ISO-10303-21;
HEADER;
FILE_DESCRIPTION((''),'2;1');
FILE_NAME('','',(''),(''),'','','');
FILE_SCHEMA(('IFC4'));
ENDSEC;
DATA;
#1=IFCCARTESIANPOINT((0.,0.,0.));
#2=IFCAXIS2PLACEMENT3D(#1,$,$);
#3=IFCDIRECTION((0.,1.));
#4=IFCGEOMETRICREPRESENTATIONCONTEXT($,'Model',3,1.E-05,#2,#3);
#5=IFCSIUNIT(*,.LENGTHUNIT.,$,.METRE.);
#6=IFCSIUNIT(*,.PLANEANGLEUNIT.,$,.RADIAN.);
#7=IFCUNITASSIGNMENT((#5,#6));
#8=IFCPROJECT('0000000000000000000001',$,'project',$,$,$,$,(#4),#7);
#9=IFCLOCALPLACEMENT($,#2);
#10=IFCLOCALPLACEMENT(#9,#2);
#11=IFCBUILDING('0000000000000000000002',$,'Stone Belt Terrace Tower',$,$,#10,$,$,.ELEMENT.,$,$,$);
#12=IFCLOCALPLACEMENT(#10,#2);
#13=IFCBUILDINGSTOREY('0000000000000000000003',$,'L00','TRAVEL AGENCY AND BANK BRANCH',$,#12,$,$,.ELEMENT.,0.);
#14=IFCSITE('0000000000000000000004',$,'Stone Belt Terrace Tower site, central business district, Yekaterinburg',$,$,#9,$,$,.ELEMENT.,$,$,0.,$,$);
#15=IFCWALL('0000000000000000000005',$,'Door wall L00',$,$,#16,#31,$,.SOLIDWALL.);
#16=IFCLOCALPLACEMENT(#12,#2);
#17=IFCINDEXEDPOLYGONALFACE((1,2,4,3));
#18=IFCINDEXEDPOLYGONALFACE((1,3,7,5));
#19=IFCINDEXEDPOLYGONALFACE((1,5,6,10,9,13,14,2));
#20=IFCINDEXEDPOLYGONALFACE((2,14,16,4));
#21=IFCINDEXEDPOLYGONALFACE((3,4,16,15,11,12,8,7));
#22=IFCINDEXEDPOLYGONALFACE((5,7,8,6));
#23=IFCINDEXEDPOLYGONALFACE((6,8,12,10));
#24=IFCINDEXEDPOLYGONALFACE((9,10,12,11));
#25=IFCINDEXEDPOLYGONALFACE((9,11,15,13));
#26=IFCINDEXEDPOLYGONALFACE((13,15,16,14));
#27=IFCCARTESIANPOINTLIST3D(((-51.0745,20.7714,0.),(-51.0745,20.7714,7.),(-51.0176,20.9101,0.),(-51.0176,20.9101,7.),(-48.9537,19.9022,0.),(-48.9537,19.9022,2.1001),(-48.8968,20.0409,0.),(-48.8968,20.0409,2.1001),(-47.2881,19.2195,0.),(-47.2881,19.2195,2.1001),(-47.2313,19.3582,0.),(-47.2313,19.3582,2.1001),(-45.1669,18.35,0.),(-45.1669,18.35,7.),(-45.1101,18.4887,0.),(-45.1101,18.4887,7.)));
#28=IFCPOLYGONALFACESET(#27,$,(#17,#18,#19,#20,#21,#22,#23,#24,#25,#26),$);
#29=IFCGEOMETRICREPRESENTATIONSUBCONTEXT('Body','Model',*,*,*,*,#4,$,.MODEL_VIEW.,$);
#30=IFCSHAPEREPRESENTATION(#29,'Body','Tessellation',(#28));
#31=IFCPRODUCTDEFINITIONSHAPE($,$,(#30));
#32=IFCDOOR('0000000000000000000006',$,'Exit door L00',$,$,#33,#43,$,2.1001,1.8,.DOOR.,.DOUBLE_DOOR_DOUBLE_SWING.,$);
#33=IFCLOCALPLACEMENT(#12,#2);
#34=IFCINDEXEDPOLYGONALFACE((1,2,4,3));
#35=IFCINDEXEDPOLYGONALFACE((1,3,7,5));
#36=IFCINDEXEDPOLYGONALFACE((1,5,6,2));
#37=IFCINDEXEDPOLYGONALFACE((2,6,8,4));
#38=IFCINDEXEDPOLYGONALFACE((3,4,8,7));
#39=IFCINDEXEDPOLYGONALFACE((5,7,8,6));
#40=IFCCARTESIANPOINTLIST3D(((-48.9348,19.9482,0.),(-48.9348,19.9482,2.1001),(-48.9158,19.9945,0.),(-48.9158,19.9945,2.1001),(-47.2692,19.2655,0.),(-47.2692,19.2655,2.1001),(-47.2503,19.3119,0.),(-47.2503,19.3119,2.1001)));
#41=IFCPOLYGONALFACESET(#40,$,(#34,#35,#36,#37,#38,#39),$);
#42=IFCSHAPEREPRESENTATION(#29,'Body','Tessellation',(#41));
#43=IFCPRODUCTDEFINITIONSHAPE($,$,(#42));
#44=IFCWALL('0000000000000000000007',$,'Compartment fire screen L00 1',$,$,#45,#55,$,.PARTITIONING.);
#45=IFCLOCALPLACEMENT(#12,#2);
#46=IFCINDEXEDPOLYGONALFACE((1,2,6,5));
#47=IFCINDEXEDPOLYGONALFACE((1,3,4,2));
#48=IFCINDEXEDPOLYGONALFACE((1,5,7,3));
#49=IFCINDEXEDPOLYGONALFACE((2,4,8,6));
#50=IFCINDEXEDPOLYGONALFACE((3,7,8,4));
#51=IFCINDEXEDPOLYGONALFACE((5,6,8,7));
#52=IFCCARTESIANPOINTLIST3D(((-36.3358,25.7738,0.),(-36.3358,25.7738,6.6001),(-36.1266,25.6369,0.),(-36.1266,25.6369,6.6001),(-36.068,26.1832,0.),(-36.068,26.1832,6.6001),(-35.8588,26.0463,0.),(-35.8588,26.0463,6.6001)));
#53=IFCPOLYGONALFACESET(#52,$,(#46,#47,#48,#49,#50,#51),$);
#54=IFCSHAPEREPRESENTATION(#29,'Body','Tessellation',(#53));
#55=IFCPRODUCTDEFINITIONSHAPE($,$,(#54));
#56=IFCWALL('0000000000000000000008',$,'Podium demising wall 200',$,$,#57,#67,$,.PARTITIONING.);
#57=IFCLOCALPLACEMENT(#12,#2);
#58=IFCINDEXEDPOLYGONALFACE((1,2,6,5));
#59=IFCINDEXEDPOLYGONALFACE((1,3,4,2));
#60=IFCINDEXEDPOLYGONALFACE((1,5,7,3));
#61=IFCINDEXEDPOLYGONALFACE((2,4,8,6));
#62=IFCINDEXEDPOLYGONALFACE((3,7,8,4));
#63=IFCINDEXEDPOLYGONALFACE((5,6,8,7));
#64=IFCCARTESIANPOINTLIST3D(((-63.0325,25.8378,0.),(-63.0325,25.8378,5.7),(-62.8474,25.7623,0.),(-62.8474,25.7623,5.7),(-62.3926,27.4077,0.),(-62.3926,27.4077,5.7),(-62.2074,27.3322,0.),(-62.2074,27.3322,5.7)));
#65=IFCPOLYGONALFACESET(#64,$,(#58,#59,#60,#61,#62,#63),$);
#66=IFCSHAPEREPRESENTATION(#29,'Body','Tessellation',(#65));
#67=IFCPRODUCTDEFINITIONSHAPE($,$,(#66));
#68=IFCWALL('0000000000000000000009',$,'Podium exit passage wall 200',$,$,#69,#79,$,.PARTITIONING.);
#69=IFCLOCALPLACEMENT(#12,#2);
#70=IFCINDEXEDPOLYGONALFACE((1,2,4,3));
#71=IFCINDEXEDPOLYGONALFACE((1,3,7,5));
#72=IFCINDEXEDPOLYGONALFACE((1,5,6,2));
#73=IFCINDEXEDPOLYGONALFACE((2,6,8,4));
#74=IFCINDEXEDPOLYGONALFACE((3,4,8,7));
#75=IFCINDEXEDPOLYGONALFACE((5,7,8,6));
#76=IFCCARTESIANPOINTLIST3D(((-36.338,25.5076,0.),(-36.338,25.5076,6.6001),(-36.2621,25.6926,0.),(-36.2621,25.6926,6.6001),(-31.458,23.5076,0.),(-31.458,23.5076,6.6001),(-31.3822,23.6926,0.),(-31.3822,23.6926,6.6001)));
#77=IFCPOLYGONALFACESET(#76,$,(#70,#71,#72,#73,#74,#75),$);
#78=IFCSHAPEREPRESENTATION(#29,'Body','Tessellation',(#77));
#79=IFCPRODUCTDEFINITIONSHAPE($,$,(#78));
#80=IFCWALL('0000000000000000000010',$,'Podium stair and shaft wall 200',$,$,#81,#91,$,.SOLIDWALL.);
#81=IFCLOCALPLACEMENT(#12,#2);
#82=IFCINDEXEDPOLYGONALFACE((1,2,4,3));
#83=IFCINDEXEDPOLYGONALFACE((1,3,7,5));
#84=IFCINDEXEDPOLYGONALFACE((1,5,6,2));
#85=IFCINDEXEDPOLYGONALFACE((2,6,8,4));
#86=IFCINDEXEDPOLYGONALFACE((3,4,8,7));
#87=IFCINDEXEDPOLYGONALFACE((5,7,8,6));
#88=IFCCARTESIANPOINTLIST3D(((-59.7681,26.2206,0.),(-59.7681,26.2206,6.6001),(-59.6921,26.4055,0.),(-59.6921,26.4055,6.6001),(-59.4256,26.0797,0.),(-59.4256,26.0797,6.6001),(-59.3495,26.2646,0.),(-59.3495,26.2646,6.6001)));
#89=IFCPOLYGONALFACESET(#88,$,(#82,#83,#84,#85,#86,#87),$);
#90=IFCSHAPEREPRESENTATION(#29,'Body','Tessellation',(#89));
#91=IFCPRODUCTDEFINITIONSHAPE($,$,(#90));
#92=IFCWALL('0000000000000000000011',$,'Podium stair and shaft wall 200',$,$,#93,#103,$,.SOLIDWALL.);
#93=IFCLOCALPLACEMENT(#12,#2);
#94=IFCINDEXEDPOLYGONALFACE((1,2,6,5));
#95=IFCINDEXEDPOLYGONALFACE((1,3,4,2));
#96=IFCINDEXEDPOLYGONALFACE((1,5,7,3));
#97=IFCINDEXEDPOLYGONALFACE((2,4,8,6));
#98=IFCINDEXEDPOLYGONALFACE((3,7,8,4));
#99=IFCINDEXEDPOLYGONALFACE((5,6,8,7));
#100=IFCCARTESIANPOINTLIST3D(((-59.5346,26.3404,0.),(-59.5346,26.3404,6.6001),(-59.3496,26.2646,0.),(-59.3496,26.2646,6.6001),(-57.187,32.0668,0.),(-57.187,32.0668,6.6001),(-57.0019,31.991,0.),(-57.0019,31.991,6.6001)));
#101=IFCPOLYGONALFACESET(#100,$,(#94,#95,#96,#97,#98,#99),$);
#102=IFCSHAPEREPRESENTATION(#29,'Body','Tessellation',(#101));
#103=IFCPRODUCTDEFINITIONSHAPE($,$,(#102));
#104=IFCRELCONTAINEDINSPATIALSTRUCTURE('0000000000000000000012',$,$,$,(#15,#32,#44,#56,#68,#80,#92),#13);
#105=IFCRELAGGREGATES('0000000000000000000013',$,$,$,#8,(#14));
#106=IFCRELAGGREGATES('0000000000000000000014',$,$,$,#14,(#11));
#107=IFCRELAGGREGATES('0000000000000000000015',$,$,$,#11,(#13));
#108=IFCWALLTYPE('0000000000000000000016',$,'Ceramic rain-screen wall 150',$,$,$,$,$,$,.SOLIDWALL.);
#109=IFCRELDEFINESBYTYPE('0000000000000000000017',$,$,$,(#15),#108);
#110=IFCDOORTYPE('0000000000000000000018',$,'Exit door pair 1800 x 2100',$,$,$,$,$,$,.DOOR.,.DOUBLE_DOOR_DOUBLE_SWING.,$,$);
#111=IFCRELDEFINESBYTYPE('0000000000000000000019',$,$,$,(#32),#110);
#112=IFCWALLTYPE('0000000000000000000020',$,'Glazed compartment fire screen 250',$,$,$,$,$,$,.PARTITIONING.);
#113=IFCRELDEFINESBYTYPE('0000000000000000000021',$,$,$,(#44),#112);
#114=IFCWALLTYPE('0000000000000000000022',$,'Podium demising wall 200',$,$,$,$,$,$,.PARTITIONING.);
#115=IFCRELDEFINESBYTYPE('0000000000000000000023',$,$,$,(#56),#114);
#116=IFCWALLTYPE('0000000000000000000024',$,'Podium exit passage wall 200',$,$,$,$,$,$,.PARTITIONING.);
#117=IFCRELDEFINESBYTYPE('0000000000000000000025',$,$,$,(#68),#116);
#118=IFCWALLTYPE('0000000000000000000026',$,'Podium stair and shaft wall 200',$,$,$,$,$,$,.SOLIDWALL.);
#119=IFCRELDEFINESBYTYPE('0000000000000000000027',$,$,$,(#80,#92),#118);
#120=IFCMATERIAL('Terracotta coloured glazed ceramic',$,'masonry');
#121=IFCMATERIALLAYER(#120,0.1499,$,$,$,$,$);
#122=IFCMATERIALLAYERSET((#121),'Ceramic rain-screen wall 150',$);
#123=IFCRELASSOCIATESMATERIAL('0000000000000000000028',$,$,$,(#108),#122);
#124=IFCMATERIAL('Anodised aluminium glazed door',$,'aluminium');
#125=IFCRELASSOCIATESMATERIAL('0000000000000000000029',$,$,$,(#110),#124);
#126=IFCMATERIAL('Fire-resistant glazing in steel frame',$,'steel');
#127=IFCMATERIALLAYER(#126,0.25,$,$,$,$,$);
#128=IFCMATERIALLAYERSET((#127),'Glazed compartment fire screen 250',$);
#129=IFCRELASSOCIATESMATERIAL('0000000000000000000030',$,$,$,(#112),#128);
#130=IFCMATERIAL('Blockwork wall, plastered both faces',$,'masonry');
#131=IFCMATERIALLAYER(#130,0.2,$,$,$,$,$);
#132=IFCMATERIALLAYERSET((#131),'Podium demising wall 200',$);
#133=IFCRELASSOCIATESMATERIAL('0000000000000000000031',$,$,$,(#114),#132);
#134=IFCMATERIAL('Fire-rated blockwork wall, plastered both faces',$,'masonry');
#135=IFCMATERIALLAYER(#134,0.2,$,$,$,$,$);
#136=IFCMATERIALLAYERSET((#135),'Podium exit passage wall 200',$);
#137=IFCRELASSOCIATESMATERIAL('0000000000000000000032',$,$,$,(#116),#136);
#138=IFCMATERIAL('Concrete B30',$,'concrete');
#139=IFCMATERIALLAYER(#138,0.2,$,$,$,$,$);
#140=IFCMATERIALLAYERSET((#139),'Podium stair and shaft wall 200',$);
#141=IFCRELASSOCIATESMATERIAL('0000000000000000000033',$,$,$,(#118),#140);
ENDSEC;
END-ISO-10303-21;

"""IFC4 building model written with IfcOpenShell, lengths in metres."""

from ifc_helpers import new_model, si_unit, direction, frame, frame_2d, origin, place, context, subcontext, project, spatial, rectangle, extrude, material, layer, layer_set, type_object, element, fill, save


model = new_model("IFC4")

# Units and contexts
model_context = context("Model", 3, precision=1e-05, world=origin(), true_north=direction((0.0, 1.0)))
body_context = subcontext(model_context, "Body", "Model", "MODEL_VIEW")
ifc_project = project(units=[si_unit("LENGTHUNIT", "METRE"), si_unit("PLANEANGLEUNIT", "RADIAN")], contexts=[model_context])

# Site, building, storey
site_placement = place(None, origin())
site = spatial("IfcSite", under=ifc_project, at=site_placement, Name="Stone Belt Terrace Tower site, central business district, Yekaterinburg", CompositionType="ELEMENT", RefElevation=0.0)
building_placement = place(site_placement, origin())
building = spatial("IfcBuilding", under=site, at=building_placement, Name="Stone Belt Terrace Tower", CompositionType="ELEMENT")
storey_placement = place(building_placement, origin())
storey = spatial("IfcBuildingStorey", under=building, at=storey_placement, Name="L00", Description="TRAVEL AGENCY AND BANK BRANCH", CompositionType="ELEMENT", Elevation=0.0)

# Wall, opening, door
ifc_material_1 = material(Name="Terracotta coloured glazed ceramic", Category="masonry")
ifc_layer_1 = layer(ifc_material_1, 0.1499)
ifc_layer_set_1 = layer_set([ifc_layer_1], Name="Ceramic rain-screen wall 150")
wall_type_1 = type_object("IfcWallType", Name="Ceramic rain-screen wall 150", PredefinedType="SOLIDWALL", material=ifc_layer_set_1)
ifc_material_2 = material(Name="Anodised aluminium glazed door", Category="aluminium")
wall_1_placement = place(storey_placement, frame((-51.0461, 20.8408, 0.0), z_axis=(0.0, 0.0, 1.0), x_axis=(0.925289, -0.379263, 0.0)))
wall_1 = element("IfcWall", 1, at=wall_1_placement, inside=storey, type_object=wall_type_1, Name="Door wall L00", PredefinedType="SOLIDWALL", context=body_context, shape_type="SweptSolid", body=[
    extrude(rectangle(XDim=6.3845, YDim=0.1499, at=frame_2d((3.1924, 0.0))), origin(), (0.0, 0.0, 1.0), 7.0),
])
opening_1_placement = place(wall_1_placement, frame((2.2922, 0.0, 0.0)))
opening_1 = element("IfcOpeningElement", 2, at=opening_1_placement, cuts=wall_1, PredefinedType="OPENING", context=body_context, shape_type="SweptSolid", body=[
    extrude(rectangle(XDim=1.8, YDim=2.1001, at=frame_2d((0.8999, 1.05))), frame((0.0, 0.085, 0.0), z_axis=(0.0, -1.0, 0.0), x_axis=(1.0, 0.0, 0.0)), (0.0, 0.0, 1.0), 0.1699),
])
door_type_1 = type_object("IfcDoorType", Name="Exit door pair 1800 x 2100", OperationType="DOUBLE_DOOR_DOUBLE_SWING", PredefinedType="DOOR", material=ifc_material_2)
door_1_placement = place(opening_1_placement, origin())
door_1 = element("IfcDoor", 3, at=door_1_placement, inside=storey, type_object=door_type_1, Name="Exit door L00", OperationType="DOUBLE_DOOR_DOUBLE_SWING", OverallHeight=2.1001, OverallWidth=1.8, PredefinedType="DOOR", context=body_context, shape_type="SweptSolid", body=[
    extrude(rectangle(XDim=1.8, YDim=2.1001, at=frame_2d((0.8999, 1.05))), frame((0.0, 0.0249, 0.0), z_axis=(0.0, -1.0, 0.0), x_axis=(1.0, 0.0, 0.0)), (0.0, 0.0, 1.0), 0.05),
])
fill(opening_1, door_1)

# Walls
ifc_material_3 = material(Name="Fire-resistant glazing in steel frame", Category="steel")
ifc_layer_2 = layer(ifc_material_3, 0.25)
ifc_layer_set_2 = layer_set([ifc_layer_2], Name="Glazed compartment fire screen 250")
wall_type_2 = type_object("IfcWallType", Name="Glazed compartment fire screen 250", PredefinedType="PARTITIONING", material=ifc_layer_set_2)
wall_2_placement = place(storey_placement, frame((-36.2312, 25.7053, 0.0), z_axis=(0.0, 0.0, 1.0), x_axis=(0.547424, 0.836855, 0.0)))
element("IfcWall", 4, at=wall_2_placement, inside=storey, type_object=wall_type_2, Name="Compartment fire screen L00 1", PredefinedType="PARTITIONING", context=body_context, shape_type="SweptSolid", body=[
    extrude(rectangle(XDim=0.4893, YDim=0.25, at=frame_2d((0.2446, 0.0))), origin(), (0.0, 0.0, 1.0), 6.6001),
])
ifc_material_4 = material(Name="Blockwork wall, plastered both faces", Category="masonry")
ifc_layer_3 = layer(ifc_material_4, 0.2)
ifc_layer_set_3 = layer_set([ifc_layer_3], Name="Podium demising wall 200")
wall_type_3 = type_object("IfcWallType", Name="Podium demising wall 200", PredefinedType="PARTITIONING", material=ifc_layer_set_3)
wall_3_placement = place(storey_placement, frame((-62.9399, 25.8, 0.0), z_axis=(0.0, 0.0, 1.0), x_axis=(0.377466, 0.926023, 0.0)))
element("IfcWall", 5, at=wall_3_placement, inside=storey, type_object=wall_type_3, Name="Podium demising wall 200", PredefinedType="PARTITIONING", context=body_context, shape_type="SweptSolid", body=[
    extrude(rectangle(XDim=1.6953, YDim=0.2, at=frame_2d((0.8477, 0.0))), origin(), (0.0, 0.0, 1.0), 5.7),
])
ifc_material_5 = material(Name="Fire-rated blockwork wall, plastered both faces", Category="masonry")
ifc_layer_4 = layer(ifc_material_5, 0.2)
ifc_layer_set_4 = layer_set([ifc_layer_4], Name="Podium exit passage wall 200")
wall_type_4 = type_object("IfcWallType", Name="Podium exit passage wall 200", PredefinedType="PARTITIONING", material=ifc_layer_set_4)
wall_4_placement = place(storey_placement, frame((-36.3, 25.6001, 0.0), z_axis=(0.0, 0.0, 1.0), x_axis=(0.925302, -0.379231, 0.0)))
element("IfcWall", 6, at=wall_4_placement, inside=storey, type_object=wall_type_4, Name="Podium exit passage wall 200", PredefinedType="PARTITIONING", context=body_context, shape_type="SweptSolid", body=[
    extrude(rectangle(XDim=5.2739, YDim=0.2, at=frame_2d((2.637, 0.0))), origin(), (0.0, 0.0, 1.0), 6.6001),
])
ifc_material_6 = material(Name="Concrete B30", Category="concrete")
ifc_layer_5 = layer(ifc_material_6, 0.2)
ifc_layer_set_5 = layer_set([ifc_layer_5], Name="Podium stair and shaft wall 200")
wall_type_5 = type_object("IfcWallType", Name="Podium stair and shaft wall 200", PredefinedType="SOLIDWALL", material=ifc_layer_set_5)
wall_5_placement = place(storey_placement, frame((-59.73, 26.313, 0.0), z_axis=(0.0, 0.0, 1.0), x_axis=(0.924842, -0.380352, 0.0)))
element("IfcWall", 7, at=wall_5_placement, inside=storey, type_object=wall_type_5, Name="Podium stair and shaft wall 200", PredefinedType="SOLIDWALL", context=body_context, shape_type="SweptSolid", body=[
    extrude(rectangle(XDim=0.3704, YDim=0.2, at=frame_2d((0.1851, 0.0))), origin(), (0.0, 0.0, 1.0), 6.6001),
])
wall_6_placement = place(storey_placement, frame((-59.4421, 26.3025, 0.0), z_axis=(0.0, 0.0, 1.0), x_axis=(0.379335, 0.92526, 0.0)))
element("IfcWall", 8, at=wall_6_placement, inside=storey, type_object=wall_type_5, Name="Podium stair and shaft wall 200", PredefinedType="SOLIDWALL", context=body_context, shape_type="SweptSolid", body=[
    extrude(rectangle(XDim=6.189, YDim=0.2, at=frame_2d((3.0945, 0.0))), origin(), (0.0, 0.0, 1.0), 6.6001),
])

save(model, "model.ifc")
